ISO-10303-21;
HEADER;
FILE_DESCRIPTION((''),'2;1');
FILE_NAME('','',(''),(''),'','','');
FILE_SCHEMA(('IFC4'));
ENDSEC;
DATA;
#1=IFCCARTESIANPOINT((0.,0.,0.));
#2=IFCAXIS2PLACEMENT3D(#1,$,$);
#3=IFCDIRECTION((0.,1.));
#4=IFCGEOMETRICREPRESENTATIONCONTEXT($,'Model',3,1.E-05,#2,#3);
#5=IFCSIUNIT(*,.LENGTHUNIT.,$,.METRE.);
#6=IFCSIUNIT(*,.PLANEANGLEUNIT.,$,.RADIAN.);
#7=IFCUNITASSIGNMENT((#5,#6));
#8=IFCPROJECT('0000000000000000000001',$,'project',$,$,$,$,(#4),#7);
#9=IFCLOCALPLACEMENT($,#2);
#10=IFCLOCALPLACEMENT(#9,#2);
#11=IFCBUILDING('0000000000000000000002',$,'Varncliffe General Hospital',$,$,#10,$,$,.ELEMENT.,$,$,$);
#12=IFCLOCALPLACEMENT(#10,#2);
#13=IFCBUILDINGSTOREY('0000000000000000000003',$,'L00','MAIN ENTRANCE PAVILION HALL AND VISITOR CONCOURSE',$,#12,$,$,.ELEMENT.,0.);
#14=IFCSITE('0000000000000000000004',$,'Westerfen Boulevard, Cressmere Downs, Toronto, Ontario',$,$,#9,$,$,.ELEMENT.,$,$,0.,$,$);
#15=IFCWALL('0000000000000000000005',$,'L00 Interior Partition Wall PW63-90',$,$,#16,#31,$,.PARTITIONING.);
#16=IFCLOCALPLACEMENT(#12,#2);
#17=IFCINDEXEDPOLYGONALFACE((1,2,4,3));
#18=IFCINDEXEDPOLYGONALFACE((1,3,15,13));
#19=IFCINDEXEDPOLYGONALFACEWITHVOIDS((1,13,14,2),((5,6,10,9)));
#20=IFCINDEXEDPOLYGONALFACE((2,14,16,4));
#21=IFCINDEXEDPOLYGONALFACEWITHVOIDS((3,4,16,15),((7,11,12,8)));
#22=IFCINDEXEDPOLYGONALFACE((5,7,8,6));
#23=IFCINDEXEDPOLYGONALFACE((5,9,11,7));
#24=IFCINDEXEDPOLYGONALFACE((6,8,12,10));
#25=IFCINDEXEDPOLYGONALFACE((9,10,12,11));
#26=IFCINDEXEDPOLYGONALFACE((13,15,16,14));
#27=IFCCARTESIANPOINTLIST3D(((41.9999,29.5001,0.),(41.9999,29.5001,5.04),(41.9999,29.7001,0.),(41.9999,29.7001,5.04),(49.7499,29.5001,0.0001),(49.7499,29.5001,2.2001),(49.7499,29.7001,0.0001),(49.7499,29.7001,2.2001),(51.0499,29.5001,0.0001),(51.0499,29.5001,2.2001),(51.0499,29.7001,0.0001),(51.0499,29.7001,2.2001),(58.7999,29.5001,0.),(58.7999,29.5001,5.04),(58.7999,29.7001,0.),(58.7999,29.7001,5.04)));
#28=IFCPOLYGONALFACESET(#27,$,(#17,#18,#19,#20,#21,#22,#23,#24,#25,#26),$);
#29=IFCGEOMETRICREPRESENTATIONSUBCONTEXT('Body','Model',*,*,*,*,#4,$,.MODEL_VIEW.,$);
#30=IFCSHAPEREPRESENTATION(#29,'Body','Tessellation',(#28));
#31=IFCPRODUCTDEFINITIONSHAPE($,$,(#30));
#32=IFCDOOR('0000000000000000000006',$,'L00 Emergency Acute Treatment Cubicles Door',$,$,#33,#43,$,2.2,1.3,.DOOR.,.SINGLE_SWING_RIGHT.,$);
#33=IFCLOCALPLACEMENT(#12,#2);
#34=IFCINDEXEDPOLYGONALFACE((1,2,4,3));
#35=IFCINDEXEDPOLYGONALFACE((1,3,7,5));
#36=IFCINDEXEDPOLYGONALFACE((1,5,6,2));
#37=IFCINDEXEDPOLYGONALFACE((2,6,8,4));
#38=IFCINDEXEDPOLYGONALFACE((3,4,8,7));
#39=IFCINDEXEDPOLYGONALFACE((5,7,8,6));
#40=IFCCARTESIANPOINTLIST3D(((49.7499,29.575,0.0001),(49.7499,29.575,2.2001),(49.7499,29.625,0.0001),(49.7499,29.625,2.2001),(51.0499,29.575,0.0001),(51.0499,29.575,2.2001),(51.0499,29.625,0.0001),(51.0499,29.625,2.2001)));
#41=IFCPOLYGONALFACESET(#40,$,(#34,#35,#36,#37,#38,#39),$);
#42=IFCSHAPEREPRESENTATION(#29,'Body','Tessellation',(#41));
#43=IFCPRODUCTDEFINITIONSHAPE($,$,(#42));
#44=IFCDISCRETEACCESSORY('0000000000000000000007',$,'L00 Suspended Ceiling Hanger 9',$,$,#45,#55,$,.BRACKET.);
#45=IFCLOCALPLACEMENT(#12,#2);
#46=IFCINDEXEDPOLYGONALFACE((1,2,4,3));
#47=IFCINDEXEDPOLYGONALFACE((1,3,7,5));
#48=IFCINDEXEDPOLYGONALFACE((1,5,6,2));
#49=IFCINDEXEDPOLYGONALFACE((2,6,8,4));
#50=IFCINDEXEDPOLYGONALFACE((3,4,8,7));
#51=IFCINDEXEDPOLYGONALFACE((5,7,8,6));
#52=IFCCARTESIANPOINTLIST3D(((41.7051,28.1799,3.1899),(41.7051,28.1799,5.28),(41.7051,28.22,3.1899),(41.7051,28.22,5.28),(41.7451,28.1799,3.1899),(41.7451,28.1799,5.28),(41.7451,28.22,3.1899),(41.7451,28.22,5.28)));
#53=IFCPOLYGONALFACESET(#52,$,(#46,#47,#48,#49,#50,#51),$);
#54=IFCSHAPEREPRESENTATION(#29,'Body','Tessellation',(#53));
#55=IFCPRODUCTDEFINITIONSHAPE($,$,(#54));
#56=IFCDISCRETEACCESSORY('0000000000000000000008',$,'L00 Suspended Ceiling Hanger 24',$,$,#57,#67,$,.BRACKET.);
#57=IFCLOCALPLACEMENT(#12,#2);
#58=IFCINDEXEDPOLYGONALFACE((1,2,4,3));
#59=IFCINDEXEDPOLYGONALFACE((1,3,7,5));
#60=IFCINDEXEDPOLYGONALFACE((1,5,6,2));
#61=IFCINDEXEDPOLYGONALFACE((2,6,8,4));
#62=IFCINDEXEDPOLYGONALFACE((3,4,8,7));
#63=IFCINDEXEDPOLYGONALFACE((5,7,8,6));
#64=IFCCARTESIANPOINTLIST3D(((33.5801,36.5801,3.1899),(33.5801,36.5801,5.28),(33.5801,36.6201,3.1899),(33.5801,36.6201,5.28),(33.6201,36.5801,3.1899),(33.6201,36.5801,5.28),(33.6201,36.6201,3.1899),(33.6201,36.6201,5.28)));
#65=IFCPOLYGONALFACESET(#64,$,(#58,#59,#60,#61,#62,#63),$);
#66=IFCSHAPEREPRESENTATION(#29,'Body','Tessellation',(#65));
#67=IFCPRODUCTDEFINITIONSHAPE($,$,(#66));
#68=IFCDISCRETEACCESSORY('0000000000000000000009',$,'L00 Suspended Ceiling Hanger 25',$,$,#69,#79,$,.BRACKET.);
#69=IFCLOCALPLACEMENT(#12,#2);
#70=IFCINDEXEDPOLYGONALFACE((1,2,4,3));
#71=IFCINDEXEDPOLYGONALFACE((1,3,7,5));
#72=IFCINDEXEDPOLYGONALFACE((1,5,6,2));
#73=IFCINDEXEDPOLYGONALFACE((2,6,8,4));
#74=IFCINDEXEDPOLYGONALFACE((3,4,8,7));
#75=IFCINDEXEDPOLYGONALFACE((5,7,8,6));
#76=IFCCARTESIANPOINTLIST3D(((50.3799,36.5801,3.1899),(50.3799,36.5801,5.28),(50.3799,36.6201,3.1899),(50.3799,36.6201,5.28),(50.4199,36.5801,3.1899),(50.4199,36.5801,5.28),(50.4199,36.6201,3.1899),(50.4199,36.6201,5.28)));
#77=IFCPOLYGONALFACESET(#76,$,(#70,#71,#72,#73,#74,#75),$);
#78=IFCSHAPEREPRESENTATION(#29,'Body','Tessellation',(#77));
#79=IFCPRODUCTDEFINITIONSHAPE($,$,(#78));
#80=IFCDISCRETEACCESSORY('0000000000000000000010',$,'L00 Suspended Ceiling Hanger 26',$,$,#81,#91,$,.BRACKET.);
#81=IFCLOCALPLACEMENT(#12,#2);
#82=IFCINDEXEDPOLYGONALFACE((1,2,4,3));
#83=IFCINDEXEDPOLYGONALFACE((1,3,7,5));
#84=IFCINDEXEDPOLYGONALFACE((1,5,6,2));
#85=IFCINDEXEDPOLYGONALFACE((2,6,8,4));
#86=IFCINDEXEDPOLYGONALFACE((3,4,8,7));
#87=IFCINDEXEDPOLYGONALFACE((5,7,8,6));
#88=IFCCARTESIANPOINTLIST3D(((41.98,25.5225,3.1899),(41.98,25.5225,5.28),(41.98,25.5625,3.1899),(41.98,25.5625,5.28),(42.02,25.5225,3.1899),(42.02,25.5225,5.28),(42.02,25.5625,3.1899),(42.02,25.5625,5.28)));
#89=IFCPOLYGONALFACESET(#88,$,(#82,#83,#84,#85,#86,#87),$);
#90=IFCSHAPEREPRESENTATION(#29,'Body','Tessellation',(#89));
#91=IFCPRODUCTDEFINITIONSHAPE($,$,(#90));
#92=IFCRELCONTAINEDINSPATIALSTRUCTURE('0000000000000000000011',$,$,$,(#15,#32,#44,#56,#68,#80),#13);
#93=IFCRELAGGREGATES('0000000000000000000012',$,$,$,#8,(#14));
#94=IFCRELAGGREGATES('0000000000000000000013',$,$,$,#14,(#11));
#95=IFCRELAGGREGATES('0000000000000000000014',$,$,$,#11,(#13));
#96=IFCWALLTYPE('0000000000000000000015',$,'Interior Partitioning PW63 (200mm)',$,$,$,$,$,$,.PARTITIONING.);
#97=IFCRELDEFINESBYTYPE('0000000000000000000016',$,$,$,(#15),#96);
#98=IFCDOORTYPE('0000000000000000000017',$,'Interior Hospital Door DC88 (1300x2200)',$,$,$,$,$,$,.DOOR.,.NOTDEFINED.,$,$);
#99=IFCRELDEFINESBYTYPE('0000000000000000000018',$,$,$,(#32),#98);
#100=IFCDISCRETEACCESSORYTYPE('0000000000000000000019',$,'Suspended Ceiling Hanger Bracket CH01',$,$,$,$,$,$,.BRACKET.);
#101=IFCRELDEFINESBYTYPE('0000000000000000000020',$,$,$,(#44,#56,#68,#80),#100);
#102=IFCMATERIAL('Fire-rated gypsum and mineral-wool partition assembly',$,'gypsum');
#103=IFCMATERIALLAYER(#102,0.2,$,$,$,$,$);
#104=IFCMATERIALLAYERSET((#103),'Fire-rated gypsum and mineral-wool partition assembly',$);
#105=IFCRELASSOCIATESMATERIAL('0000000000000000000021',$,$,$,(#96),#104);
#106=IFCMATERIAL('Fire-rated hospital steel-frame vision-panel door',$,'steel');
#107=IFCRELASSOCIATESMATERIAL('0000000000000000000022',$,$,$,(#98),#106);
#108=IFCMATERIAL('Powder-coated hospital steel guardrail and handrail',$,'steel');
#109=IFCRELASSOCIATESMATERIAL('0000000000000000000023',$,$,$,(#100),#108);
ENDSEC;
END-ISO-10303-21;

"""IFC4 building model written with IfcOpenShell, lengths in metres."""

from ifc_helpers import new_model, si_unit, direction, frame, frame_2d, origin, origin_2d, place, context, subcontext, project, spatial, rectangle, extrude, material, layer, layer_set, type_object, element, fill, save


model = new_model("IFC4")

# Units and contexts
model_context = context("Model", 3, precision=1e-05, world=origin(), true_north=direction((0.0, 1.0)))
body_context = subcontext(model_context, "Body", "Model", "MODEL_VIEW")
ifc_project = project(units=[si_unit("LENGTHUNIT", "METRE"), si_unit("PLANEANGLEUNIT", "RADIAN")], contexts=[model_context])

# Site, building, storey
site_placement = place(None, origin())
site = spatial("IfcSite", under=ifc_project, at=site_placement, Name="Westerfen Boulevard, Cressmere Downs, Toronto, Ontario", CompositionType="ELEMENT", RefElevation=0.0)
building_placement = place(site_placement, origin())
building = spatial("IfcBuilding", under=site, at=building_placement, Name="Varncliffe General Hospital", CompositionType="ELEMENT")
storey_placement = place(building_placement, origin())
storey = spatial("IfcBuildingStorey", under=building, at=storey_placement, Name="L00", Description="MAIN ENTRANCE PAVILION HALL AND VISITOR CONCOURSE", CompositionType="ELEMENT", Elevation=0.0)

# Wall, opening, door
ifc_material_1 = material(Name="Fire-rated gypsum and mineral-wool partition assembly", Category="gypsum")
ifc_layer_1 = layer(ifc_material_1, 0.2)
ifc_layer_set_1 = layer_set([ifc_layer_1], Name="Fire-rated gypsum and mineral-wool partition assembly")
wall_type_1 = type_object("IfcWallType", Name="Interior Partitioning PW63 (200mm)", PredefinedType="PARTITIONING", material=ifc_layer_set_1)
wall_1_placement = place(storey_placement, frame((42.0, 29.6001, 0.0), z_axis=(0.0, 0.0, 1.0), x_axis=(1.0, 0.0, 0.0)))
wall_1 = element("IfcWall", 1, at=wall_1_placement, inside=storey, type_object=wall_type_1, Name="L00 Interior Partition Wall PW63-90", PredefinedType="PARTITIONING", context=body_context, shape_type="SweptSolid", body=[
    extrude(rectangle(XDim=16.8, YDim=0.2, at=frame_2d((8.3999, 0.0))), origin(), (0.0, 0.0, 1.0), 5.04),
])
opening_1_placement = place(wall_1_placement, frame((7.75, 0.0, 0.0)))
opening_1 = element("IfcOpeningElement", 2, at=opening_1_placement, cuts=wall_1, PredefinedType="OPENING", context=body_context, shape_type="SweptSolid", body=[
    extrude(rectangle(XDim=1.3, YDim=2.2, at=frame_2d((0.6499, 1.1001))), frame((0.0, 0.1099, 0.0), z_axis=(0.0, -1.0, 0.0), x_axis=(1.0, 0.0, 0.0)), (0.0, 0.0, 1.0), 0.22),
])
ifc_material_2 = material(Name="Fire-rated hospital steel-frame vision-panel door", Category="steel")
door_type_1 = type_object("IfcDoorType", Name="Interior Hospital Door DC88 (1300x2200)", OperationType="NOTDEFINED", PredefinedType="DOOR", material=ifc_material_2)
door_1_placement = place(opening_1_placement, origin())
door_1 = element("IfcDoor", 3, at=door_1_placement, inside=storey, type_object=door_type_1, Name="L00 Emergency Acute Treatment Cubicles Door", OperationType="SINGLE_SWING_RIGHT", OverallHeight=2.2, OverallWidth=1.3, PredefinedType="DOOR", context=body_context, shape_type="SweptSolid", body=[
    extrude(rectangle(XDim=1.3, YDim=2.2, at=frame_2d((0.6499, 1.1001))), frame((0.0, 0.0249, 0.0), z_axis=(0.0, -1.0, 0.0), x_axis=(1.0, 0.0, 0.0)), (0.0, 0.0, 1.0), 0.05),
])
fill(opening_1, door_1)

# Discrete accessories
ifc_material_3 = material(Name="Powder-coated hospital steel guardrail and handrail", Category="steel")
discrete_accessory_type = type_object("IfcDiscreteAccessoryType", Name="Suspended Ceiling Hanger Bracket CH01", PredefinedType="BRACKET", material=ifc_material_3)
for number, where, z_axis, x_axis, name in (
    (4, (41.7251, 28.2, 3.1899), (0.0, 0.0, 1.0), (1.0, 0.0, 0.0), "L00 Suspended Ceiling Hanger 9"),
    (5, (33.6001, 36.6001, 3.1899), (0.0, 0.0, 1.0), (1.0, 0.0, 0.0), "L00 Suspended Ceiling Hanger 24"),
    (6, (50.3999, 36.6001, 3.1899), (0.0, 0.0, 1.0), (1.0, 0.0, 0.0), "L00 Suspended Ceiling Hanger 25"),
    (7, (42.0, 25.5425, 3.1899), (0.0, 0.0, 1.0), (1.0, 0.0, 0.0), "L00 Suspended Ceiling Hanger 26"),
):
    element("IfcDiscreteAccessory", number, at=place(storey_placement, frame(where, z_axis=z_axis, x_axis=x_axis)), inside=storey, type_object=discrete_accessory_type, Name=name, PredefinedType="BRACKET", context=body_context, shape_type="SweptSolid", body=[
        extrude(rectangle(XDim=0.04, YDim=0.04, at=origin_2d()), origin(), (0.0, 0.0, 1.0), 2.0901),
    ])

save(model, "model.ifc")
